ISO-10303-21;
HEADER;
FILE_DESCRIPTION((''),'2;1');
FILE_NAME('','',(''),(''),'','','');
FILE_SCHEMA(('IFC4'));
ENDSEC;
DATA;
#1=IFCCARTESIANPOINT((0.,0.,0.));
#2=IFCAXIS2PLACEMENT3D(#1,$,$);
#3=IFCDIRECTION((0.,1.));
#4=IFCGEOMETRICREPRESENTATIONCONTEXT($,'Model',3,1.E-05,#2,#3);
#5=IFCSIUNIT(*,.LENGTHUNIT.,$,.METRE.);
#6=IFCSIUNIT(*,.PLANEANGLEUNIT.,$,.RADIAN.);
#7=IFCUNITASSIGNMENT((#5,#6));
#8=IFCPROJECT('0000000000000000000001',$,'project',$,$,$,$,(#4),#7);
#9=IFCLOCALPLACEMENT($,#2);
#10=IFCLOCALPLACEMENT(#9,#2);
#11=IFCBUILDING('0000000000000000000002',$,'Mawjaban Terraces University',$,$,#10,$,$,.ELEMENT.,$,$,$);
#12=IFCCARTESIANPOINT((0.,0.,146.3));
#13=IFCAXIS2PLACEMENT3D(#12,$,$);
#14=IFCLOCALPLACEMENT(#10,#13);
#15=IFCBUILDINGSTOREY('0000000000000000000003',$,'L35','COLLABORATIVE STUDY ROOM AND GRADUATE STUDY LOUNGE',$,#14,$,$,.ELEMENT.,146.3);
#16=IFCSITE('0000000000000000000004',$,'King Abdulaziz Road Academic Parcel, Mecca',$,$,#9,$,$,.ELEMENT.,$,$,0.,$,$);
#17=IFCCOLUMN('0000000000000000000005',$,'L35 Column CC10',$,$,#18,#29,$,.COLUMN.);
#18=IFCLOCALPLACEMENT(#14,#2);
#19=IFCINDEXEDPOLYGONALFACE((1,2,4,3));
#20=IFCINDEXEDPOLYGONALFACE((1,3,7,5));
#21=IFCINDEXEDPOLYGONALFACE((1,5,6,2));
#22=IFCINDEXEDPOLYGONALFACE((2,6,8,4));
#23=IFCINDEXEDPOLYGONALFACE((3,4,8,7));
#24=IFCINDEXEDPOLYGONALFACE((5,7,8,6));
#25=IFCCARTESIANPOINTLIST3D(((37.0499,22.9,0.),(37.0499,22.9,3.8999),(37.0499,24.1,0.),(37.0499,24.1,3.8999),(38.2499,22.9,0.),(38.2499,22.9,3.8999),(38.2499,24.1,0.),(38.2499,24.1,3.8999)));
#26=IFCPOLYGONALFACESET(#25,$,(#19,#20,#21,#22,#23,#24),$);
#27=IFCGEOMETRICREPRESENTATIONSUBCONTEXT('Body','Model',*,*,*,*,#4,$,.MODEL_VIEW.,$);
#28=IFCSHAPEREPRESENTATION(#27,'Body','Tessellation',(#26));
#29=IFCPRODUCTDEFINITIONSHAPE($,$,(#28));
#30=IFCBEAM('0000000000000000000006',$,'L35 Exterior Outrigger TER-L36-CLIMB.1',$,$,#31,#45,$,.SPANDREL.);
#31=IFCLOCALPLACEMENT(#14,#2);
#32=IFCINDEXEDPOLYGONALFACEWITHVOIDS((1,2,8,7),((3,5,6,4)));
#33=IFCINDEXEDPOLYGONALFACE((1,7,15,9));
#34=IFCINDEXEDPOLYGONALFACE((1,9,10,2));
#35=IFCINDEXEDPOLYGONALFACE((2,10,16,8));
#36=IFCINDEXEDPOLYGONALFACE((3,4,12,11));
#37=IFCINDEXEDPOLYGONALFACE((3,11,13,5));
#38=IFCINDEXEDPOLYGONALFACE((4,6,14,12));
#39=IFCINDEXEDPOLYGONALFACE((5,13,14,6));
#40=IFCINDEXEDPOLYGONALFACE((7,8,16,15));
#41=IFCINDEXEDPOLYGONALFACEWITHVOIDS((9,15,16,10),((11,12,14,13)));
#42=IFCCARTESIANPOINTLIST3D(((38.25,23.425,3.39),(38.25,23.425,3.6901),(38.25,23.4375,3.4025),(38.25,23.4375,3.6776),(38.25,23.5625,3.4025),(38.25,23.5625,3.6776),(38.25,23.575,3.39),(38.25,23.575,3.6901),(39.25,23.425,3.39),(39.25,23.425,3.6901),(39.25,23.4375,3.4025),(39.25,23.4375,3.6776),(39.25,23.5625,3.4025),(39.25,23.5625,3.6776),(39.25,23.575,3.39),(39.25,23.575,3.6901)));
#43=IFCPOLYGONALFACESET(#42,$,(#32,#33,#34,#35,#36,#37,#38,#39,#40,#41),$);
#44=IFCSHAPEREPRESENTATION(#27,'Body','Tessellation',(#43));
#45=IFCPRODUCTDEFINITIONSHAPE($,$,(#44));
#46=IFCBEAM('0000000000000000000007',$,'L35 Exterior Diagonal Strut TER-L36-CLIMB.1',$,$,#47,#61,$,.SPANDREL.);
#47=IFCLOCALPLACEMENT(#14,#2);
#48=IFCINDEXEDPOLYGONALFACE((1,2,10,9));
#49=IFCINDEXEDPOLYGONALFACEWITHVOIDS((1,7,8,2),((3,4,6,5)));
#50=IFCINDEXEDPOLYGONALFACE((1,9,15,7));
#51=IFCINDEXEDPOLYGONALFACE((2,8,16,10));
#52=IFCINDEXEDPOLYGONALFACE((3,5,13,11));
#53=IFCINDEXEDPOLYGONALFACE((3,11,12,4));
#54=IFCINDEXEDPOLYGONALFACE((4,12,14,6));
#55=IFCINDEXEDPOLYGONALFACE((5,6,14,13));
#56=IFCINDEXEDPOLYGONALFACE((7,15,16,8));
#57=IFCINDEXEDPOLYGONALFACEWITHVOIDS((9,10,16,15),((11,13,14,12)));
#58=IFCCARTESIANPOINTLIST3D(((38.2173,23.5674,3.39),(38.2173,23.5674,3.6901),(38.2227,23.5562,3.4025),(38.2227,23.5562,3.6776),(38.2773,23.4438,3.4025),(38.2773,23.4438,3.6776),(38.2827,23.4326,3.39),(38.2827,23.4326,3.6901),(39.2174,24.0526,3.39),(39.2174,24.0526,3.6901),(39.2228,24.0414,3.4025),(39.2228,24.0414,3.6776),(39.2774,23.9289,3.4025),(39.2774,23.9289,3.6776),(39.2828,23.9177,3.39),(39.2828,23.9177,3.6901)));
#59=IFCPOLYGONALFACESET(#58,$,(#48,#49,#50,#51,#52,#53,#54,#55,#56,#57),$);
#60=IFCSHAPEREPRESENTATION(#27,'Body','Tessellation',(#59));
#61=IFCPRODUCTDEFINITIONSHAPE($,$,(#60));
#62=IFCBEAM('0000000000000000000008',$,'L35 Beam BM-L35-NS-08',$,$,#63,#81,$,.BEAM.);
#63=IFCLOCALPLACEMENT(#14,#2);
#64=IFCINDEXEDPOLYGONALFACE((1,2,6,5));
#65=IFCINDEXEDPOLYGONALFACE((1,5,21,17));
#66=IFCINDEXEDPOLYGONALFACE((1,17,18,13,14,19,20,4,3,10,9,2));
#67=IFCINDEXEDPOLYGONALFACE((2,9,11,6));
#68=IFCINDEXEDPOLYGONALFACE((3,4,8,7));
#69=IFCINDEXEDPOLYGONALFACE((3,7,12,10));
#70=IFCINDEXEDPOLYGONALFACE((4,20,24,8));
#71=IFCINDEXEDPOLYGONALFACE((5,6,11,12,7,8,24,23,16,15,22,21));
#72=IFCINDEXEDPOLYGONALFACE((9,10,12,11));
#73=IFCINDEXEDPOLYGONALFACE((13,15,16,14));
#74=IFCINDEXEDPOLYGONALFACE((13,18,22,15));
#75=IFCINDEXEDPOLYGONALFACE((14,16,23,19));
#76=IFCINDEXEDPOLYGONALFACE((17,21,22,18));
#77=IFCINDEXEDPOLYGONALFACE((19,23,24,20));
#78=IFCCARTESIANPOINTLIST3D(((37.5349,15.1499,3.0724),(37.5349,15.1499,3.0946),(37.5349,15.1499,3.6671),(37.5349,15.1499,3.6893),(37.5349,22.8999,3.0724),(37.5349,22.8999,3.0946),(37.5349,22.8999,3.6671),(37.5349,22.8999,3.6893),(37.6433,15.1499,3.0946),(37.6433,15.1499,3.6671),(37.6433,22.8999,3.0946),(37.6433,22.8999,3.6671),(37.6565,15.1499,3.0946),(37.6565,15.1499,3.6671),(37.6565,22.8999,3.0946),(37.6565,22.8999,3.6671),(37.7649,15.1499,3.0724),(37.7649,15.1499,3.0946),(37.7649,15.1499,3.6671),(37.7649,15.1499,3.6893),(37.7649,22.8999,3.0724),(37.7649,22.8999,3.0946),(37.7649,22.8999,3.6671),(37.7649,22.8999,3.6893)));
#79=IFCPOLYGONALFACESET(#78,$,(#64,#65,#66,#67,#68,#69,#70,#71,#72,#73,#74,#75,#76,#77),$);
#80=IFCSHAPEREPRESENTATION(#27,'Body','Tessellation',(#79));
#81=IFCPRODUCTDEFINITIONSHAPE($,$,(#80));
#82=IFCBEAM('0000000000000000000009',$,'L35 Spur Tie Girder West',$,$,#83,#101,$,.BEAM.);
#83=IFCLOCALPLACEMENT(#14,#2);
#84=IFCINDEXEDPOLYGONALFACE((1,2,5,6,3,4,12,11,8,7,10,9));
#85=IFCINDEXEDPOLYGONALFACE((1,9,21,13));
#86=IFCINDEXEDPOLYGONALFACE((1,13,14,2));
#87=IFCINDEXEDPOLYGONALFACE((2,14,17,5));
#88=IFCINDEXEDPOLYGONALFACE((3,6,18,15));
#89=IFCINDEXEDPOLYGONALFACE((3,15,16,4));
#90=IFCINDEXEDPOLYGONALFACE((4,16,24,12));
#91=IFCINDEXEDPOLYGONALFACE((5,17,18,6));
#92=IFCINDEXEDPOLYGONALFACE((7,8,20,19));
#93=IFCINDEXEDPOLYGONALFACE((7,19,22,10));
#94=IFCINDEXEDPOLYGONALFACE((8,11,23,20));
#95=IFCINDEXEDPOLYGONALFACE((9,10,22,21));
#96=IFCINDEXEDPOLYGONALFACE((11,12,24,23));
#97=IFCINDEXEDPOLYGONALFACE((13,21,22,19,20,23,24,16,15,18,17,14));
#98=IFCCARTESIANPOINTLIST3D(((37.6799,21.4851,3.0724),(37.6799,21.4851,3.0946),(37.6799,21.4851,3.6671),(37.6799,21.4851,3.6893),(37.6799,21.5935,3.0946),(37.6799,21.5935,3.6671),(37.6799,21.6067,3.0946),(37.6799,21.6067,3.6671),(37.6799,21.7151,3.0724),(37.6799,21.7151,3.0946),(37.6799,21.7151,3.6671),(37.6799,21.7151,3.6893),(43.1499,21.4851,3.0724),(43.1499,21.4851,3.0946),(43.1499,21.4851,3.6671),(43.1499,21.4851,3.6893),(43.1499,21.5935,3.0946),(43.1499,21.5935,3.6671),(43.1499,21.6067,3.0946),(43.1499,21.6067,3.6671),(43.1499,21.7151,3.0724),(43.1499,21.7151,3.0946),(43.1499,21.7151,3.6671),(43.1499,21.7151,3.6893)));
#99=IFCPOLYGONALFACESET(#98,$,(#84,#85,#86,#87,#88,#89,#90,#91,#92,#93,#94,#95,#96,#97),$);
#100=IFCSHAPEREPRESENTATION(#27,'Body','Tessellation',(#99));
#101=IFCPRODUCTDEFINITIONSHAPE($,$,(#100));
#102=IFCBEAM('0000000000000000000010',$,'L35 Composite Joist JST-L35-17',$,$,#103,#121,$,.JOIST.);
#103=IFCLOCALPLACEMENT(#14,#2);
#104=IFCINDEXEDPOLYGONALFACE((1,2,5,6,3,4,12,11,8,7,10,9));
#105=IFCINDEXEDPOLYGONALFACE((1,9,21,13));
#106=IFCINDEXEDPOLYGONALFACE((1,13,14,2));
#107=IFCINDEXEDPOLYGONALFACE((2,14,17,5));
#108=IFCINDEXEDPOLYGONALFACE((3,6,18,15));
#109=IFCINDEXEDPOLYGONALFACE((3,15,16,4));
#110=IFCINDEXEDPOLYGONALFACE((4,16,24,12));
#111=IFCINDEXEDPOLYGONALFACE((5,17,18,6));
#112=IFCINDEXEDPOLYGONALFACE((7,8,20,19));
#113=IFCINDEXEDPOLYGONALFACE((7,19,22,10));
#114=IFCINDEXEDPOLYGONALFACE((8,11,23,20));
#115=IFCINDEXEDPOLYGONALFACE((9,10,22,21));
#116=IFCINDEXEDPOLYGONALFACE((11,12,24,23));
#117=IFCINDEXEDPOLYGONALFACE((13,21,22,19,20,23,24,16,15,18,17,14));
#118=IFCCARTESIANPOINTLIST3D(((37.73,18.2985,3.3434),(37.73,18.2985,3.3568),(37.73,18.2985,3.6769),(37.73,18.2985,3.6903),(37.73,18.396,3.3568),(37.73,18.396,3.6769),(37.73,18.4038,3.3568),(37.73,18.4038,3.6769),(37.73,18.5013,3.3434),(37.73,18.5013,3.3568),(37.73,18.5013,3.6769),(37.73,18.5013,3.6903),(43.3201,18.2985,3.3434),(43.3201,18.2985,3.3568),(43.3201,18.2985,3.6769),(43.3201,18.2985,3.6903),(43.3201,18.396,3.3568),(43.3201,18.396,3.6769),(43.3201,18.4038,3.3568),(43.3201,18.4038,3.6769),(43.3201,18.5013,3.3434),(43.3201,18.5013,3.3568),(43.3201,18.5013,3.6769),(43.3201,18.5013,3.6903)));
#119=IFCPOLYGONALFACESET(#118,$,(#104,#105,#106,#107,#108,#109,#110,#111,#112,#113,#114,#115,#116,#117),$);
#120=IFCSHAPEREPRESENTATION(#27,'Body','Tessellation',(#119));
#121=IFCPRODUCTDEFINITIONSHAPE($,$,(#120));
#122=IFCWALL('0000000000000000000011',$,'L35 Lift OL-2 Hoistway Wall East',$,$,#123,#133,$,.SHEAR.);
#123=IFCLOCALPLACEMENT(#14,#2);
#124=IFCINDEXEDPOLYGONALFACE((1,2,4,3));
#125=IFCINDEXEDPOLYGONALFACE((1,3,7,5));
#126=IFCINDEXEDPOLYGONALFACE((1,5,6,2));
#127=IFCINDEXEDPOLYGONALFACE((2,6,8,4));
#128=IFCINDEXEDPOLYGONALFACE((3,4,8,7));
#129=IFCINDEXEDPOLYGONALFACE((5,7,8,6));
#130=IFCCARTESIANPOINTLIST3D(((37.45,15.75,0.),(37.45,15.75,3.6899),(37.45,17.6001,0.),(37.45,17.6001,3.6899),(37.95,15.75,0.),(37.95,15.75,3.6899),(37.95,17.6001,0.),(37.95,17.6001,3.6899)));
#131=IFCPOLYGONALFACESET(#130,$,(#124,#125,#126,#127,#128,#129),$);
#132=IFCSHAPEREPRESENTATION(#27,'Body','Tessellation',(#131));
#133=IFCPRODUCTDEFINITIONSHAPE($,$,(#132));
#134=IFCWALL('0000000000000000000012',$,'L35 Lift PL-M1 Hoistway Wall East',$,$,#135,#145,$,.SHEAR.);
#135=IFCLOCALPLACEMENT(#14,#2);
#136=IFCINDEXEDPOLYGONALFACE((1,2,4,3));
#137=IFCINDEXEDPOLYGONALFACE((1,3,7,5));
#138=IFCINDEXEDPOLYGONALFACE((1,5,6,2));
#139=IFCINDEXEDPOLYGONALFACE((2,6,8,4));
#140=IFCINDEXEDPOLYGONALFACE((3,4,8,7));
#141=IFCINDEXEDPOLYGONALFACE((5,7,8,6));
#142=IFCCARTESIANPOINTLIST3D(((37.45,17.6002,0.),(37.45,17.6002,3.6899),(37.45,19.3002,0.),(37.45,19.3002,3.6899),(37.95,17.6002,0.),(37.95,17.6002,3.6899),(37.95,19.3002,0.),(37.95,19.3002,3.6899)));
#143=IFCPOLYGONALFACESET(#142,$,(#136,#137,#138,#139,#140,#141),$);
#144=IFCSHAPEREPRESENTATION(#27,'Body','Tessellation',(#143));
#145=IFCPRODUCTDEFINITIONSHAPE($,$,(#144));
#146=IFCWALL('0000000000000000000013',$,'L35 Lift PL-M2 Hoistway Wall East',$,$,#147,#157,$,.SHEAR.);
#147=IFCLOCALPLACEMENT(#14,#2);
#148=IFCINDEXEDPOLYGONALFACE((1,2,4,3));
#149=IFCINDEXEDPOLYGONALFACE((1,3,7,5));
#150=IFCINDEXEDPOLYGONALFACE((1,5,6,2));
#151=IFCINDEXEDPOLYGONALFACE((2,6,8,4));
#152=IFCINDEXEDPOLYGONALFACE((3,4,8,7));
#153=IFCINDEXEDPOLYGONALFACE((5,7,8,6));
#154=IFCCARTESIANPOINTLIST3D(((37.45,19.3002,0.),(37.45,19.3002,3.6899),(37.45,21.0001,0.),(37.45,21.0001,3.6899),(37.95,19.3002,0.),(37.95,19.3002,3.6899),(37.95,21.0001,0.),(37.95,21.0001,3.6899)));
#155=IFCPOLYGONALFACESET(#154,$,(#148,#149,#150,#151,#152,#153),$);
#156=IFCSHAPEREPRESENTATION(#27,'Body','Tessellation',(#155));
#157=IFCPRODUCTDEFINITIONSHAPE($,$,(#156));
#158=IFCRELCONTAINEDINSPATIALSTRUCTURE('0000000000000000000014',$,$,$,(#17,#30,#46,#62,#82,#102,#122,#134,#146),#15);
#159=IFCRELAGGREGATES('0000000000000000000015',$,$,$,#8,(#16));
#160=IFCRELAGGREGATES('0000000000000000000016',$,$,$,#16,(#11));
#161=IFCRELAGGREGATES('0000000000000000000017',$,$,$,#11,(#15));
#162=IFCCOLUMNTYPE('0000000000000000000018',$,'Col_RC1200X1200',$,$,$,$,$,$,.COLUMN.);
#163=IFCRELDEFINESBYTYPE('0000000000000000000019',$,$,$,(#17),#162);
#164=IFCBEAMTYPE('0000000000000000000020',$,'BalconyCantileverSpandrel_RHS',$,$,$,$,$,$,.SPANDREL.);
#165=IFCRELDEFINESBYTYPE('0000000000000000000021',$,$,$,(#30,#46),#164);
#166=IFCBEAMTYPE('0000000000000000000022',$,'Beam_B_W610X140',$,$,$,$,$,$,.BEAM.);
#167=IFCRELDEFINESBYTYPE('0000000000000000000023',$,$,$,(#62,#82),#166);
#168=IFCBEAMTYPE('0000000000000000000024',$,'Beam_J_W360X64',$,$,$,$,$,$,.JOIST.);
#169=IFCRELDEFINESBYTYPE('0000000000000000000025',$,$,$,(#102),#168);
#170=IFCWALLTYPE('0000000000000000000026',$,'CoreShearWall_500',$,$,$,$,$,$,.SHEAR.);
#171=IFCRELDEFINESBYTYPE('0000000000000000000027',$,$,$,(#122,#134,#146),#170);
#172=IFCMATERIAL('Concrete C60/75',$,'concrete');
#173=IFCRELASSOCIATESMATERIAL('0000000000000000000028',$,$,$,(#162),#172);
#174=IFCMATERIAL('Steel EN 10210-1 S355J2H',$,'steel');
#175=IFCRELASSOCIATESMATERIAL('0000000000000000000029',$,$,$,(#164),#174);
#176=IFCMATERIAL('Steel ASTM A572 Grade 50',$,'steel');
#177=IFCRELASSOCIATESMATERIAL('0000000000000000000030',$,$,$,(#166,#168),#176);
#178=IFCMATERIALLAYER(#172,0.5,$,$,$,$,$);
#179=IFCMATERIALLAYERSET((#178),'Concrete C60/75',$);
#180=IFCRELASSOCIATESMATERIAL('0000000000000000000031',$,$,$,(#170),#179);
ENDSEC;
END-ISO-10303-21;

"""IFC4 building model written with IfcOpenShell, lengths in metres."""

from ifc_helpers import new_model, si_unit, direction, frame, frame_2d, origin, origin_2d, place, context, subcontext, project, spatial, rectangle, hollow_rectangle, i_section, extrude, material, layer, layer_set, material_profile, profile_set, type_object, element, save


model = new_model("IFC4")

# Units and contexts
model_context = context("Model", 3, precision=1e-05, world=origin(), true_north=direction((0.0, 1.0)))
body_context = subcontext(model_context, "Body", "Model", "MODEL_VIEW")
ifc_project = project(units=[si_unit("LENGTHUNIT", "METRE"), si_unit("PLANEANGLEUNIT", "RADIAN")], contexts=[model_context])

# Site, building, storey
site_placement = place(None, origin())
site = spatial("IfcSite", under=ifc_project, at=site_placement, Name="King Abdulaziz Road Academic Parcel, Mecca", CompositionType="ELEMENT", RefElevation=0.0)
building_placement = place(site_placement, origin())
building = spatial("IfcBuilding", under=site, at=building_placement, Name="Mawjaban Terraces University", CompositionType="ELEMENT")
storey_placement = place(building_placement, frame((0.0, 0.0, 146.3)))
storey = spatial("IfcBuildingStorey", under=building, at=storey_placement, Name="L35", Description="COLLABORATIVE STUDY ROOM AND GRADUATE STUDY LOUNGE", CompositionType="ELEMENT", Elevation=146.3)

# Column
ifc_material_1 = material(Name="Concrete C60/75", Category="concrete")
ifc_material_profile_1 = material_profile(ifc_material_1, rectangle(XDim=1.2, YDim=1.2, at=origin_2d()), Name="RC1200X1200")
ifc_profile_set_1 = profile_set([ifc_material_profile_1], Name="Concrete C60/75")
column_type = type_object("IfcColumnType", Name="Col_RC1200X1200", PredefinedType="COLUMN", material=ifc_profile_set_1)
column_placement = place(storey_placement, frame((37.6499, 23.5, 0.0), z_axis=(0.0, 0.0, 1.0), x_axis=(1.0, 0.0, 0.0)))
element("IfcColumn", 1, at=column_placement, inside=storey, type_object=column_type, Name="L35 Column CC10", PredefinedType="COLUMN", context=body_context, shape_type="SweptSolid", body=[
    extrude(rectangle(XDim=1.2, YDim=1.2, at=origin_2d()), origin(), (0.0, 0.0, 1.0), 3.8999),
])

# Beams
ifc_material_2 = material(Name="Steel EN 10210-1 S355J2H", Category="steel")
ifc_material_profile_2 = material_profile(ifc_material_2, hollow_rectangle(XDim=0.1499, YDim=0.3, WallThickness=0.0125, at=origin_2d()), Name="RHS300X150X12.5")
ifc_profile_set_2 = profile_set([ifc_material_profile_2], Name="Steel EN 10210-1 S355J2H")
beam_type_1 = type_object("IfcBeamType", Name="BalconyCantileverSpandrel_RHS", PredefinedType="SPANDREL", material=ifc_profile_set_2)
beam_1_placement = place(storey_placement, frame((38.25, 23.5, 3.54), z_axis=(1.0, 0.0, 0.0), x_axis=(0.0, 1.0, 0.0)))
element("IfcBeam", 2, at=beam_1_placement, inside=storey, type_object=beam_type_1, Name="L35 Exterior Outrigger TER-L36-CLIMB.1", PredefinedType="SPANDREL", context=body_context, shape_type="SweptSolid", body=[
    extrude(hollow_rectangle(XDim=0.1499, YDim=0.3, WallThickness=0.0125, at=origin_2d()), origin(), (0.0, 0.0, 1.0), 1.0),
])
beam_2_placement = place(storey_placement, frame((38.25, 23.5, 3.54), z_axis=(0.899723, 0.436462, 0.0), x_axis=(-0.436462, 0.899723, 0.0)))
element("IfcBeam", 3, at=beam_2_placement, inside=storey, type_object=beam_type_1, Name="L35 Exterior Diagonal Strut TER-L36-CLIMB.1", PredefinedType="SPANDREL", context=body_context, shape_type="SweptSolid", body=[
    extrude(hollow_rectangle(XDim=0.1499, YDim=0.3, WallThickness=0.0125, at=origin_2d()), origin(), (0.0, 0.0, 1.0), 1.1116),
])
ifc_material_3 = material(Name="Steel ASTM A572 Grade 50", Category="steel")
ifc_material_profile_3 = material_profile(ifc_material_3, i_section(OverallWidth=0.23, OverallDepth=0.6169, WebThickness=0.0132, FlangeThickness=0.0222, at=origin_2d()), Name="W610X140")
ifc_profile_set_3 = profile_set([ifc_material_profile_3], Name="Steel ASTM A572 Grade 50")
beam_type_2 = type_object("IfcBeamType", Name="Beam_B_W610X140", PredefinedType="BEAM", material=ifc_profile_set_3)
beam_3_placement = place(storey_placement, frame((37.6499, 15.1499, 3.3809), z_axis=(0.0, 1.0, 0.0), x_axis=(-1.0, 0.0, 0.0)))
element("IfcBeam", 4, at=beam_3_placement, inside=storey, type_object=beam_type_2, Name="L35 Beam BM-L35-NS-08", PredefinedType="BEAM", context=body_context, shape_type="SweptSolid", body=[
    extrude(i_section(OverallWidth=0.23, OverallDepth=0.6169, WebThickness=0.0132, FlangeThickness=0.0222, at=origin_2d()), origin(), (0.0, 0.0, 1.0), 7.75),
])
beam_4_placement = place(storey_placement, frame((37.6799, 21.6001, 3.3809), z_axis=(1.0, 0.0, 0.0), x_axis=(0.0, 1.0, 0.0)))
element("IfcBeam", 5, at=beam_4_placement, inside=storey, type_object=beam_type_2, Name="L35 Spur Tie Girder West", PredefinedType="BEAM", context=body_context, shape_type="SweptSolid", body=[
    extrude(i_section(OverallWidth=0.23, OverallDepth=0.6169, WebThickness=0.0132, FlangeThickness=0.0222, at=origin_2d()), origin(), (0.0, 0.0, 1.0), 5.47),
])
ifc_material_profile_4 = material_profile(ifc_material_3, i_section(OverallWidth=0.2029, OverallDepth=0.3469, WebThickness=0.0078, FlangeThickness=0.0134, at=origin_2d()), Name="W360X64")
ifc_profile_set_4 = profile_set([ifc_material_profile_4], Name="Steel ASTM A572 Grade 50")
beam_type_3 = type_object("IfcBeamType", Name="Beam_J_W360X64", PredefinedType="JOIST", material=ifc_profile_set_4)
beam_5_placement = place(storey_placement, frame((37.73, 18.3999, 3.5168), z_axis=(1.0, 0.0, 0.0), x_axis=(0.0, 1.0, 0.0)))
element("IfcBeam", 6, at=beam_5_placement, inside=storey, type_object=beam_type_3, Name="L35 Composite Joist JST-L35-17", PredefinedType="JOIST", context=body_context, shape_type="SweptSolid", body=[
    extrude(i_section(OverallWidth=0.2029, OverallDepth=0.3469, WebThickness=0.0078, FlangeThickness=0.0134, at=origin_2d()), origin(), (0.0, 0.0, 1.0), 5.5901),
])

# Walls
ifc_layer_1 = layer(ifc_material_1, 0.5)
ifc_layer_set_1 = layer_set([ifc_layer_1], Name="Concrete C60/75")
wall_type_1 = type_object("IfcWallType", Name="CoreShearWall_500", PredefinedType="SHEAR", material=ifc_layer_set_1)
wall_1_placement = place(storey_placement, frame((37.7, 15.75, 0.0), z_axis=(0.0, 0.0, 1.0), x_axis=(0.0, 1.0, 0.0)))
element("IfcWall", 7, at=wall_1_placement, inside=storey, type_object=wall_type_1, Name="L35 Lift OL-2 Hoistway Wall East", PredefinedType="SHEAR", context=body_context, shape_type="SweptSolid", body=[
    extrude(rectangle(XDim=1.8501, YDim=0.5, at=frame_2d((0.925, 0.0))), origin(), (0.0, 0.0, 1.0), 3.6899),
])
for number, where, z_axis, x_axis, name in (
    (8, (37.7, 17.6001, 0.0), (0.0, 0.0, 1.0), (0.0, 1.0, 0.0), "L35 Lift PL-M1 Hoistway Wall East"),
    (9, (37.7, 19.3, 0.0), (0.0, 0.0, 1.0), (0.0, 1.0, 0.0), "L35 Lift PL-M2 Hoistway Wall East"),
):
    element("IfcWall", number, at=place(storey_placement, frame(where, z_axis=z_axis, x_axis=x_axis)), inside=storey, type_object=wall_type_1, Name=name, PredefinedType="SHEAR", context=body_context, shape_type="SweptSolid", body=[
        extrude(rectangle(XDim=1.7, YDim=0.5, at=frame_2d((0.8501, 0.0))), origin(), (0.0, 0.0, 1.0), 3.6899),
    ])

save(model, "model.ifc")
